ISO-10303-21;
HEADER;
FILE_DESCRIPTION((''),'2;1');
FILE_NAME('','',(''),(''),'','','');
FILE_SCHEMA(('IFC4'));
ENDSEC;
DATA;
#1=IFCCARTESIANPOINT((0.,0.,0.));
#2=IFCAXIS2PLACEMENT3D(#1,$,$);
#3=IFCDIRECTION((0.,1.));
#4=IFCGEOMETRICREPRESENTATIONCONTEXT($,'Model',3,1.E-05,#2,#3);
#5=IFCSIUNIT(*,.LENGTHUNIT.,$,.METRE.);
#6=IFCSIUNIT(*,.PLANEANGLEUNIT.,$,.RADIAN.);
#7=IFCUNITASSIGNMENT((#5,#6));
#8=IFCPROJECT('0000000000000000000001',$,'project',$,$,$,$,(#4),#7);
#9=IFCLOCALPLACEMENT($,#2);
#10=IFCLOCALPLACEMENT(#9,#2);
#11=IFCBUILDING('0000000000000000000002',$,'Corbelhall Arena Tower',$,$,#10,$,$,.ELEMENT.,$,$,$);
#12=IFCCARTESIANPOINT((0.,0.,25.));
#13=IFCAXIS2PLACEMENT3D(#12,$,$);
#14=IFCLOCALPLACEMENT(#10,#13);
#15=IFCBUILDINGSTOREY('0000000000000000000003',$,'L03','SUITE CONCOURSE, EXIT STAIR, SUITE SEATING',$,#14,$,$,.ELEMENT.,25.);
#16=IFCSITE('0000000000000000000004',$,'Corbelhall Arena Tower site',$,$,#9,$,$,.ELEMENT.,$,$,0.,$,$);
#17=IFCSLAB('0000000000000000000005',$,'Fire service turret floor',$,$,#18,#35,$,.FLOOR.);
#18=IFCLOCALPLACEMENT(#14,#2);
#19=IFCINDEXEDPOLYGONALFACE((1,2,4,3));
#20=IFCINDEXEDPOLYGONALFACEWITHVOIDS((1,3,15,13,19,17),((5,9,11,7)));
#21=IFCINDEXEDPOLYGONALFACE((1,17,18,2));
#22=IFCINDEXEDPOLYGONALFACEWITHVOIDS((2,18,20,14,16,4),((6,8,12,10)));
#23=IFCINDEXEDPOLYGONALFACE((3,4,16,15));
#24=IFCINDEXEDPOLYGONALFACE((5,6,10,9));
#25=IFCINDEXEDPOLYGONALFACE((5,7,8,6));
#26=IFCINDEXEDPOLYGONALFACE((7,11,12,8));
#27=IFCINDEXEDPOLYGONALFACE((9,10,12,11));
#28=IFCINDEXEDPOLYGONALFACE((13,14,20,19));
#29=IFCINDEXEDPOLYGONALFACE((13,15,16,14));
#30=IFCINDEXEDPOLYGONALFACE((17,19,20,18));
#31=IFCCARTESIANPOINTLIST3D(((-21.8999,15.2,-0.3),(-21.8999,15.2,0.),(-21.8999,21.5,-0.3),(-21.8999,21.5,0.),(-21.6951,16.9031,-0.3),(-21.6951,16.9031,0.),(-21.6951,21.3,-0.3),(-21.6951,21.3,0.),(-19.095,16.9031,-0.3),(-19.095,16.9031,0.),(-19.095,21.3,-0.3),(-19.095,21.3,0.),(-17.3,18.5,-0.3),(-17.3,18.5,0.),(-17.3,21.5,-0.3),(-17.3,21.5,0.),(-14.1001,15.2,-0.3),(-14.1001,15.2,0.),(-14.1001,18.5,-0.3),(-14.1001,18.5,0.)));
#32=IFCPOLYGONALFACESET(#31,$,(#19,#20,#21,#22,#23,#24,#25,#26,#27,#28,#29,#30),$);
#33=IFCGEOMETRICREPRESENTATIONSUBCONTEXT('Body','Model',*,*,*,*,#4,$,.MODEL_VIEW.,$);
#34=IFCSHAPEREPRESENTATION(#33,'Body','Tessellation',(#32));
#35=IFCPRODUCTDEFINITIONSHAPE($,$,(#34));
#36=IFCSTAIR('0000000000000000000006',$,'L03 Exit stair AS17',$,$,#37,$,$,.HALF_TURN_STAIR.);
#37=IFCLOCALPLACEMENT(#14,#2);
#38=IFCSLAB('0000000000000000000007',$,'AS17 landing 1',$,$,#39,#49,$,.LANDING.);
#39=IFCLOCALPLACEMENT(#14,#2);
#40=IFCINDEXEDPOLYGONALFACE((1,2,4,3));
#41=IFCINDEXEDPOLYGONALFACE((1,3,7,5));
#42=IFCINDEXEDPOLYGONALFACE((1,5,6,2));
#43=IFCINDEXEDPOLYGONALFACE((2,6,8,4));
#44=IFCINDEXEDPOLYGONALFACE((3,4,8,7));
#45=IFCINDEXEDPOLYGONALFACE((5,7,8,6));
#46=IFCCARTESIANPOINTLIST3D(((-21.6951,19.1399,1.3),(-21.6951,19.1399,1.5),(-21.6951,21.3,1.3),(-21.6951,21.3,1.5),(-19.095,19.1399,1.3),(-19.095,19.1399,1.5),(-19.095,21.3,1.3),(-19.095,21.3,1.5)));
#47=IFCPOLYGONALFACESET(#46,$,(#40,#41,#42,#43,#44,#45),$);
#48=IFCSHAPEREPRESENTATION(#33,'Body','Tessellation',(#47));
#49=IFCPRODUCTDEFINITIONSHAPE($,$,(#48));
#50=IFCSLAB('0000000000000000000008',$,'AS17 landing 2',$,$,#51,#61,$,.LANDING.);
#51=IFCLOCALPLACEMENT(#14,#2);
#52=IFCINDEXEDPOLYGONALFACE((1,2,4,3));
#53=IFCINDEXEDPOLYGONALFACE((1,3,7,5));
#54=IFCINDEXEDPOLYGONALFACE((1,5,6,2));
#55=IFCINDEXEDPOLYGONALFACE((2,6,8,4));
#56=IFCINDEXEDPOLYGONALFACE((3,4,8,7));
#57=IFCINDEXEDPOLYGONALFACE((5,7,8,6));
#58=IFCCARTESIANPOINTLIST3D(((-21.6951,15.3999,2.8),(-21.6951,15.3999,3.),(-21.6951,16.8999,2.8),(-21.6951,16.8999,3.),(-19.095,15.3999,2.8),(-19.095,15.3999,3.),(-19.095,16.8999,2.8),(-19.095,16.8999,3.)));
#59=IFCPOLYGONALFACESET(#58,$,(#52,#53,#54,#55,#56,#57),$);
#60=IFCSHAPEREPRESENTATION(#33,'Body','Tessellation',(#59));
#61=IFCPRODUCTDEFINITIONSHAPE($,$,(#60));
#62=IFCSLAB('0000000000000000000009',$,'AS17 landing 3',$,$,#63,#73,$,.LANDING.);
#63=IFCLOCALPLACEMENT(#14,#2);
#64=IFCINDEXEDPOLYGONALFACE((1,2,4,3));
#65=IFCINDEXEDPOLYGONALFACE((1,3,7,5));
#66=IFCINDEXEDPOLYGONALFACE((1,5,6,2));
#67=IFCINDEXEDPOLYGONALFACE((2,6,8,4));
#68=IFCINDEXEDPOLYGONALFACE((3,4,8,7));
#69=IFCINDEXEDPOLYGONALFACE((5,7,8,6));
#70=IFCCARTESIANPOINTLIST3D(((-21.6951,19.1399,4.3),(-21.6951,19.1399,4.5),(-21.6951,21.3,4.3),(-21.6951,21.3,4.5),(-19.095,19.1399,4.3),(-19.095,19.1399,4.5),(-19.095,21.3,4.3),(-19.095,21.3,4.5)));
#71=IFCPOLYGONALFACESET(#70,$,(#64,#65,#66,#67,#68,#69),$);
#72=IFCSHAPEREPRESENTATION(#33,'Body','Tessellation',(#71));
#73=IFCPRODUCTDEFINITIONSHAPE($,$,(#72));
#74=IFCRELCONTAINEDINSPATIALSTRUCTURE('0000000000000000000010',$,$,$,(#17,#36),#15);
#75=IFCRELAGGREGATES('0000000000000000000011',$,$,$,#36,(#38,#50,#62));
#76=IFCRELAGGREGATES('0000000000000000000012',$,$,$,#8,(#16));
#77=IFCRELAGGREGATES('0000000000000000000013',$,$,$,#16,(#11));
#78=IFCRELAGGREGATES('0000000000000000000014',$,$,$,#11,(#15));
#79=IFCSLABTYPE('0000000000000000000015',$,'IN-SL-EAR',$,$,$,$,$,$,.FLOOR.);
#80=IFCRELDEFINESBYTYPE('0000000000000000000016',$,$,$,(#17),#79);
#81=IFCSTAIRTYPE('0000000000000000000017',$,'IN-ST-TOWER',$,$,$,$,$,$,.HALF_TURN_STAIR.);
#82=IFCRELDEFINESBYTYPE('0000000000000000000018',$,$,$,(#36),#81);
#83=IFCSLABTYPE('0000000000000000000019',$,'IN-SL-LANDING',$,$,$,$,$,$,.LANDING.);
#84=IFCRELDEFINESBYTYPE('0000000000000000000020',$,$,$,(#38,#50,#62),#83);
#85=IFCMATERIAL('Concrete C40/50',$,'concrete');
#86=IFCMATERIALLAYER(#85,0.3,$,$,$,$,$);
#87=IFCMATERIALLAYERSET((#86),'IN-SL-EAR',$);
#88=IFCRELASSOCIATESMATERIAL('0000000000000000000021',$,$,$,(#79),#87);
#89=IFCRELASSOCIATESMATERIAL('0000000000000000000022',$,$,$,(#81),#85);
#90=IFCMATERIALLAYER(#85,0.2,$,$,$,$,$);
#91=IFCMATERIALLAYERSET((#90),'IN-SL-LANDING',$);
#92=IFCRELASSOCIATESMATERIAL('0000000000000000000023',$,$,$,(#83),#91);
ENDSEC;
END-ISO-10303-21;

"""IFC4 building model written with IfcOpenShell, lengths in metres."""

from ifc_helpers import new_model, si_unit, direction, frame, origin, place, context, subcontext, project, spatial, polyline, outline, extrude, material, layer, layer_set, type_object, element, aggregate, save


model = new_model("IFC4")

# Units and contexts
model_context = context("Model", 3, precision=1e-05, world=origin(), true_north=direction((0.0, 1.0)))
body_context = subcontext(model_context, "Body", "Model", "MODEL_VIEW")
ifc_project = project(units=[si_unit("LENGTHUNIT", "METRE"), si_unit("PLANEANGLEUNIT", "RADIAN")], contexts=[model_context])

# Site, building, storey
site_placement = place(None, origin())
site = spatial("IfcSite", under=ifc_project, at=site_placement, Name="Corbelhall Arena Tower site", CompositionType="ELEMENT", RefElevation=0.0)
building_placement = place(site_placement, origin())
building = spatial("IfcBuilding", under=site, at=building_placement, Name="Corbelhall Arena Tower", CompositionType="ELEMENT")
storey_placement = place(building_placement, frame((0.0, 0.0, 25.0)))
storey = spatial("IfcBuildingStorey", under=building, at=storey_placement, Name="L03", Description="SUITE CONCOURSE, EXIT STAIR, SUITE SEATING", CompositionType="ELEMENT", Elevation=25.0)

# Slab
ifc_material_1 = material(Name="Concrete C40/50", Category="concrete")
ifc_layer_1 = layer(ifc_material_1, 0.3)
ifc_layer_set_1 = layer_set([ifc_layer_1], Name="IN-SL-EAR")
slab_type_1 = type_object("IfcSlabType", Name="IN-SL-EAR", PredefinedType="FLOOR", material=ifc_layer_set_1)
slab_1_placement = place(storey_placement, frame((0.0, 0.0, -0.3)))
element("IfcSlab", 1, at=slab_1_placement, inside=storey, type_object=slab_type_1, Name="Fire service turret floor", PredefinedType="FLOOR", context=body_context, shape_type="SweptSolid", body=[
    extrude(outline(polyline([(-21.8999, 15.2), (-14.1001, 15.2), (-14.1001, 18.5), (-17.3, 18.5), (-17.3, 21.5), (-21.8999, 21.5), (-21.8999, 15.2)]), holes=[polyline([(-19.095, 21.3), (-21.6951, 21.3), (-21.6951, 16.9031), (-19.095, 16.9031), (-19.095, 21.3)])]), origin(), (0.0, 0.0, 1.0), 0.3),
])

# Stair, slabs
stair_type_1 = type_object("IfcStairType", Name="IN-ST-TOWER", PredefinedType="HALF_TURN_STAIR", material=ifc_material_1)
stair_1_placement = place(storey_placement, origin())
stair_1 = element("IfcStair", 2, at=stair_1_placement, inside=storey, type_object=stair_type_1, Name="L03 Exit stair AS17", PredefinedType="HALF_TURN_STAIR")
ifc_layer_2 = layer(ifc_material_1, 0.2)
ifc_layer_set_2 = layer_set([ifc_layer_2], Name="IN-SL-LANDING")
slab_type_2 = type_object("IfcSlabType", Name="IN-SL-LANDING", PredefinedType="LANDING", material=ifc_layer_set_2)
slab_2_placement = place(storey_placement, frame((0.0, 0.0, 1.3)))
slab_2 = element("IfcSlab", 3, at=slab_2_placement, type_object=slab_type_2, Name="AS17 landing 1", PredefinedType="LANDING", context=body_context, shape_type="SweptSolid", body=[
    extrude(outline(polyline([(-19.095, 19.1399), (-19.095, 21.3), (-21.6951, 21.3), (-21.6951, 19.1399), (-19.095, 19.1399)])), origin(), (0.0, 0.0, 1.0), 0.2),
])
slab_3_placement = place(storey_placement, frame((0.0, 0.0, 2.8)))
slab_3 = element("IfcSlab", 4, at=slab_3_placement, type_object=slab_type_2, Name="AS17 landing 2", PredefinedType="LANDING", context=body_context, shape_type="SweptSolid", body=[
    extrude(outline(polyline([(-19.095, 15.3999), (-19.095, 16.8999), (-21.6951, 16.8999), (-21.6951, 15.3999), (-19.095, 15.3999)])), origin(), (0.0, 0.0, 1.0), 0.2),
])
slab_4_placement = place(storey_placement, frame((0.0, 0.0, 4.3)))
slab_4 = element("IfcSlab", 5, at=slab_4_placement, type_object=slab_type_2, Name="AS17 landing 3", PredefinedType="LANDING", context=body_context, shape_type="SweptSolid", body=[
    extrude(outline(polyline([(-19.095, 19.1399), (-19.095, 21.3), (-21.6951, 21.3), (-21.6951, 19.1399), (-19.095, 19.1399)])), origin(), (0.0, 0.0, 1.0), 0.2),
])
aggregate(stair_1, [slab_2, slab_3, slab_4])

save(model, "model.ifc")
